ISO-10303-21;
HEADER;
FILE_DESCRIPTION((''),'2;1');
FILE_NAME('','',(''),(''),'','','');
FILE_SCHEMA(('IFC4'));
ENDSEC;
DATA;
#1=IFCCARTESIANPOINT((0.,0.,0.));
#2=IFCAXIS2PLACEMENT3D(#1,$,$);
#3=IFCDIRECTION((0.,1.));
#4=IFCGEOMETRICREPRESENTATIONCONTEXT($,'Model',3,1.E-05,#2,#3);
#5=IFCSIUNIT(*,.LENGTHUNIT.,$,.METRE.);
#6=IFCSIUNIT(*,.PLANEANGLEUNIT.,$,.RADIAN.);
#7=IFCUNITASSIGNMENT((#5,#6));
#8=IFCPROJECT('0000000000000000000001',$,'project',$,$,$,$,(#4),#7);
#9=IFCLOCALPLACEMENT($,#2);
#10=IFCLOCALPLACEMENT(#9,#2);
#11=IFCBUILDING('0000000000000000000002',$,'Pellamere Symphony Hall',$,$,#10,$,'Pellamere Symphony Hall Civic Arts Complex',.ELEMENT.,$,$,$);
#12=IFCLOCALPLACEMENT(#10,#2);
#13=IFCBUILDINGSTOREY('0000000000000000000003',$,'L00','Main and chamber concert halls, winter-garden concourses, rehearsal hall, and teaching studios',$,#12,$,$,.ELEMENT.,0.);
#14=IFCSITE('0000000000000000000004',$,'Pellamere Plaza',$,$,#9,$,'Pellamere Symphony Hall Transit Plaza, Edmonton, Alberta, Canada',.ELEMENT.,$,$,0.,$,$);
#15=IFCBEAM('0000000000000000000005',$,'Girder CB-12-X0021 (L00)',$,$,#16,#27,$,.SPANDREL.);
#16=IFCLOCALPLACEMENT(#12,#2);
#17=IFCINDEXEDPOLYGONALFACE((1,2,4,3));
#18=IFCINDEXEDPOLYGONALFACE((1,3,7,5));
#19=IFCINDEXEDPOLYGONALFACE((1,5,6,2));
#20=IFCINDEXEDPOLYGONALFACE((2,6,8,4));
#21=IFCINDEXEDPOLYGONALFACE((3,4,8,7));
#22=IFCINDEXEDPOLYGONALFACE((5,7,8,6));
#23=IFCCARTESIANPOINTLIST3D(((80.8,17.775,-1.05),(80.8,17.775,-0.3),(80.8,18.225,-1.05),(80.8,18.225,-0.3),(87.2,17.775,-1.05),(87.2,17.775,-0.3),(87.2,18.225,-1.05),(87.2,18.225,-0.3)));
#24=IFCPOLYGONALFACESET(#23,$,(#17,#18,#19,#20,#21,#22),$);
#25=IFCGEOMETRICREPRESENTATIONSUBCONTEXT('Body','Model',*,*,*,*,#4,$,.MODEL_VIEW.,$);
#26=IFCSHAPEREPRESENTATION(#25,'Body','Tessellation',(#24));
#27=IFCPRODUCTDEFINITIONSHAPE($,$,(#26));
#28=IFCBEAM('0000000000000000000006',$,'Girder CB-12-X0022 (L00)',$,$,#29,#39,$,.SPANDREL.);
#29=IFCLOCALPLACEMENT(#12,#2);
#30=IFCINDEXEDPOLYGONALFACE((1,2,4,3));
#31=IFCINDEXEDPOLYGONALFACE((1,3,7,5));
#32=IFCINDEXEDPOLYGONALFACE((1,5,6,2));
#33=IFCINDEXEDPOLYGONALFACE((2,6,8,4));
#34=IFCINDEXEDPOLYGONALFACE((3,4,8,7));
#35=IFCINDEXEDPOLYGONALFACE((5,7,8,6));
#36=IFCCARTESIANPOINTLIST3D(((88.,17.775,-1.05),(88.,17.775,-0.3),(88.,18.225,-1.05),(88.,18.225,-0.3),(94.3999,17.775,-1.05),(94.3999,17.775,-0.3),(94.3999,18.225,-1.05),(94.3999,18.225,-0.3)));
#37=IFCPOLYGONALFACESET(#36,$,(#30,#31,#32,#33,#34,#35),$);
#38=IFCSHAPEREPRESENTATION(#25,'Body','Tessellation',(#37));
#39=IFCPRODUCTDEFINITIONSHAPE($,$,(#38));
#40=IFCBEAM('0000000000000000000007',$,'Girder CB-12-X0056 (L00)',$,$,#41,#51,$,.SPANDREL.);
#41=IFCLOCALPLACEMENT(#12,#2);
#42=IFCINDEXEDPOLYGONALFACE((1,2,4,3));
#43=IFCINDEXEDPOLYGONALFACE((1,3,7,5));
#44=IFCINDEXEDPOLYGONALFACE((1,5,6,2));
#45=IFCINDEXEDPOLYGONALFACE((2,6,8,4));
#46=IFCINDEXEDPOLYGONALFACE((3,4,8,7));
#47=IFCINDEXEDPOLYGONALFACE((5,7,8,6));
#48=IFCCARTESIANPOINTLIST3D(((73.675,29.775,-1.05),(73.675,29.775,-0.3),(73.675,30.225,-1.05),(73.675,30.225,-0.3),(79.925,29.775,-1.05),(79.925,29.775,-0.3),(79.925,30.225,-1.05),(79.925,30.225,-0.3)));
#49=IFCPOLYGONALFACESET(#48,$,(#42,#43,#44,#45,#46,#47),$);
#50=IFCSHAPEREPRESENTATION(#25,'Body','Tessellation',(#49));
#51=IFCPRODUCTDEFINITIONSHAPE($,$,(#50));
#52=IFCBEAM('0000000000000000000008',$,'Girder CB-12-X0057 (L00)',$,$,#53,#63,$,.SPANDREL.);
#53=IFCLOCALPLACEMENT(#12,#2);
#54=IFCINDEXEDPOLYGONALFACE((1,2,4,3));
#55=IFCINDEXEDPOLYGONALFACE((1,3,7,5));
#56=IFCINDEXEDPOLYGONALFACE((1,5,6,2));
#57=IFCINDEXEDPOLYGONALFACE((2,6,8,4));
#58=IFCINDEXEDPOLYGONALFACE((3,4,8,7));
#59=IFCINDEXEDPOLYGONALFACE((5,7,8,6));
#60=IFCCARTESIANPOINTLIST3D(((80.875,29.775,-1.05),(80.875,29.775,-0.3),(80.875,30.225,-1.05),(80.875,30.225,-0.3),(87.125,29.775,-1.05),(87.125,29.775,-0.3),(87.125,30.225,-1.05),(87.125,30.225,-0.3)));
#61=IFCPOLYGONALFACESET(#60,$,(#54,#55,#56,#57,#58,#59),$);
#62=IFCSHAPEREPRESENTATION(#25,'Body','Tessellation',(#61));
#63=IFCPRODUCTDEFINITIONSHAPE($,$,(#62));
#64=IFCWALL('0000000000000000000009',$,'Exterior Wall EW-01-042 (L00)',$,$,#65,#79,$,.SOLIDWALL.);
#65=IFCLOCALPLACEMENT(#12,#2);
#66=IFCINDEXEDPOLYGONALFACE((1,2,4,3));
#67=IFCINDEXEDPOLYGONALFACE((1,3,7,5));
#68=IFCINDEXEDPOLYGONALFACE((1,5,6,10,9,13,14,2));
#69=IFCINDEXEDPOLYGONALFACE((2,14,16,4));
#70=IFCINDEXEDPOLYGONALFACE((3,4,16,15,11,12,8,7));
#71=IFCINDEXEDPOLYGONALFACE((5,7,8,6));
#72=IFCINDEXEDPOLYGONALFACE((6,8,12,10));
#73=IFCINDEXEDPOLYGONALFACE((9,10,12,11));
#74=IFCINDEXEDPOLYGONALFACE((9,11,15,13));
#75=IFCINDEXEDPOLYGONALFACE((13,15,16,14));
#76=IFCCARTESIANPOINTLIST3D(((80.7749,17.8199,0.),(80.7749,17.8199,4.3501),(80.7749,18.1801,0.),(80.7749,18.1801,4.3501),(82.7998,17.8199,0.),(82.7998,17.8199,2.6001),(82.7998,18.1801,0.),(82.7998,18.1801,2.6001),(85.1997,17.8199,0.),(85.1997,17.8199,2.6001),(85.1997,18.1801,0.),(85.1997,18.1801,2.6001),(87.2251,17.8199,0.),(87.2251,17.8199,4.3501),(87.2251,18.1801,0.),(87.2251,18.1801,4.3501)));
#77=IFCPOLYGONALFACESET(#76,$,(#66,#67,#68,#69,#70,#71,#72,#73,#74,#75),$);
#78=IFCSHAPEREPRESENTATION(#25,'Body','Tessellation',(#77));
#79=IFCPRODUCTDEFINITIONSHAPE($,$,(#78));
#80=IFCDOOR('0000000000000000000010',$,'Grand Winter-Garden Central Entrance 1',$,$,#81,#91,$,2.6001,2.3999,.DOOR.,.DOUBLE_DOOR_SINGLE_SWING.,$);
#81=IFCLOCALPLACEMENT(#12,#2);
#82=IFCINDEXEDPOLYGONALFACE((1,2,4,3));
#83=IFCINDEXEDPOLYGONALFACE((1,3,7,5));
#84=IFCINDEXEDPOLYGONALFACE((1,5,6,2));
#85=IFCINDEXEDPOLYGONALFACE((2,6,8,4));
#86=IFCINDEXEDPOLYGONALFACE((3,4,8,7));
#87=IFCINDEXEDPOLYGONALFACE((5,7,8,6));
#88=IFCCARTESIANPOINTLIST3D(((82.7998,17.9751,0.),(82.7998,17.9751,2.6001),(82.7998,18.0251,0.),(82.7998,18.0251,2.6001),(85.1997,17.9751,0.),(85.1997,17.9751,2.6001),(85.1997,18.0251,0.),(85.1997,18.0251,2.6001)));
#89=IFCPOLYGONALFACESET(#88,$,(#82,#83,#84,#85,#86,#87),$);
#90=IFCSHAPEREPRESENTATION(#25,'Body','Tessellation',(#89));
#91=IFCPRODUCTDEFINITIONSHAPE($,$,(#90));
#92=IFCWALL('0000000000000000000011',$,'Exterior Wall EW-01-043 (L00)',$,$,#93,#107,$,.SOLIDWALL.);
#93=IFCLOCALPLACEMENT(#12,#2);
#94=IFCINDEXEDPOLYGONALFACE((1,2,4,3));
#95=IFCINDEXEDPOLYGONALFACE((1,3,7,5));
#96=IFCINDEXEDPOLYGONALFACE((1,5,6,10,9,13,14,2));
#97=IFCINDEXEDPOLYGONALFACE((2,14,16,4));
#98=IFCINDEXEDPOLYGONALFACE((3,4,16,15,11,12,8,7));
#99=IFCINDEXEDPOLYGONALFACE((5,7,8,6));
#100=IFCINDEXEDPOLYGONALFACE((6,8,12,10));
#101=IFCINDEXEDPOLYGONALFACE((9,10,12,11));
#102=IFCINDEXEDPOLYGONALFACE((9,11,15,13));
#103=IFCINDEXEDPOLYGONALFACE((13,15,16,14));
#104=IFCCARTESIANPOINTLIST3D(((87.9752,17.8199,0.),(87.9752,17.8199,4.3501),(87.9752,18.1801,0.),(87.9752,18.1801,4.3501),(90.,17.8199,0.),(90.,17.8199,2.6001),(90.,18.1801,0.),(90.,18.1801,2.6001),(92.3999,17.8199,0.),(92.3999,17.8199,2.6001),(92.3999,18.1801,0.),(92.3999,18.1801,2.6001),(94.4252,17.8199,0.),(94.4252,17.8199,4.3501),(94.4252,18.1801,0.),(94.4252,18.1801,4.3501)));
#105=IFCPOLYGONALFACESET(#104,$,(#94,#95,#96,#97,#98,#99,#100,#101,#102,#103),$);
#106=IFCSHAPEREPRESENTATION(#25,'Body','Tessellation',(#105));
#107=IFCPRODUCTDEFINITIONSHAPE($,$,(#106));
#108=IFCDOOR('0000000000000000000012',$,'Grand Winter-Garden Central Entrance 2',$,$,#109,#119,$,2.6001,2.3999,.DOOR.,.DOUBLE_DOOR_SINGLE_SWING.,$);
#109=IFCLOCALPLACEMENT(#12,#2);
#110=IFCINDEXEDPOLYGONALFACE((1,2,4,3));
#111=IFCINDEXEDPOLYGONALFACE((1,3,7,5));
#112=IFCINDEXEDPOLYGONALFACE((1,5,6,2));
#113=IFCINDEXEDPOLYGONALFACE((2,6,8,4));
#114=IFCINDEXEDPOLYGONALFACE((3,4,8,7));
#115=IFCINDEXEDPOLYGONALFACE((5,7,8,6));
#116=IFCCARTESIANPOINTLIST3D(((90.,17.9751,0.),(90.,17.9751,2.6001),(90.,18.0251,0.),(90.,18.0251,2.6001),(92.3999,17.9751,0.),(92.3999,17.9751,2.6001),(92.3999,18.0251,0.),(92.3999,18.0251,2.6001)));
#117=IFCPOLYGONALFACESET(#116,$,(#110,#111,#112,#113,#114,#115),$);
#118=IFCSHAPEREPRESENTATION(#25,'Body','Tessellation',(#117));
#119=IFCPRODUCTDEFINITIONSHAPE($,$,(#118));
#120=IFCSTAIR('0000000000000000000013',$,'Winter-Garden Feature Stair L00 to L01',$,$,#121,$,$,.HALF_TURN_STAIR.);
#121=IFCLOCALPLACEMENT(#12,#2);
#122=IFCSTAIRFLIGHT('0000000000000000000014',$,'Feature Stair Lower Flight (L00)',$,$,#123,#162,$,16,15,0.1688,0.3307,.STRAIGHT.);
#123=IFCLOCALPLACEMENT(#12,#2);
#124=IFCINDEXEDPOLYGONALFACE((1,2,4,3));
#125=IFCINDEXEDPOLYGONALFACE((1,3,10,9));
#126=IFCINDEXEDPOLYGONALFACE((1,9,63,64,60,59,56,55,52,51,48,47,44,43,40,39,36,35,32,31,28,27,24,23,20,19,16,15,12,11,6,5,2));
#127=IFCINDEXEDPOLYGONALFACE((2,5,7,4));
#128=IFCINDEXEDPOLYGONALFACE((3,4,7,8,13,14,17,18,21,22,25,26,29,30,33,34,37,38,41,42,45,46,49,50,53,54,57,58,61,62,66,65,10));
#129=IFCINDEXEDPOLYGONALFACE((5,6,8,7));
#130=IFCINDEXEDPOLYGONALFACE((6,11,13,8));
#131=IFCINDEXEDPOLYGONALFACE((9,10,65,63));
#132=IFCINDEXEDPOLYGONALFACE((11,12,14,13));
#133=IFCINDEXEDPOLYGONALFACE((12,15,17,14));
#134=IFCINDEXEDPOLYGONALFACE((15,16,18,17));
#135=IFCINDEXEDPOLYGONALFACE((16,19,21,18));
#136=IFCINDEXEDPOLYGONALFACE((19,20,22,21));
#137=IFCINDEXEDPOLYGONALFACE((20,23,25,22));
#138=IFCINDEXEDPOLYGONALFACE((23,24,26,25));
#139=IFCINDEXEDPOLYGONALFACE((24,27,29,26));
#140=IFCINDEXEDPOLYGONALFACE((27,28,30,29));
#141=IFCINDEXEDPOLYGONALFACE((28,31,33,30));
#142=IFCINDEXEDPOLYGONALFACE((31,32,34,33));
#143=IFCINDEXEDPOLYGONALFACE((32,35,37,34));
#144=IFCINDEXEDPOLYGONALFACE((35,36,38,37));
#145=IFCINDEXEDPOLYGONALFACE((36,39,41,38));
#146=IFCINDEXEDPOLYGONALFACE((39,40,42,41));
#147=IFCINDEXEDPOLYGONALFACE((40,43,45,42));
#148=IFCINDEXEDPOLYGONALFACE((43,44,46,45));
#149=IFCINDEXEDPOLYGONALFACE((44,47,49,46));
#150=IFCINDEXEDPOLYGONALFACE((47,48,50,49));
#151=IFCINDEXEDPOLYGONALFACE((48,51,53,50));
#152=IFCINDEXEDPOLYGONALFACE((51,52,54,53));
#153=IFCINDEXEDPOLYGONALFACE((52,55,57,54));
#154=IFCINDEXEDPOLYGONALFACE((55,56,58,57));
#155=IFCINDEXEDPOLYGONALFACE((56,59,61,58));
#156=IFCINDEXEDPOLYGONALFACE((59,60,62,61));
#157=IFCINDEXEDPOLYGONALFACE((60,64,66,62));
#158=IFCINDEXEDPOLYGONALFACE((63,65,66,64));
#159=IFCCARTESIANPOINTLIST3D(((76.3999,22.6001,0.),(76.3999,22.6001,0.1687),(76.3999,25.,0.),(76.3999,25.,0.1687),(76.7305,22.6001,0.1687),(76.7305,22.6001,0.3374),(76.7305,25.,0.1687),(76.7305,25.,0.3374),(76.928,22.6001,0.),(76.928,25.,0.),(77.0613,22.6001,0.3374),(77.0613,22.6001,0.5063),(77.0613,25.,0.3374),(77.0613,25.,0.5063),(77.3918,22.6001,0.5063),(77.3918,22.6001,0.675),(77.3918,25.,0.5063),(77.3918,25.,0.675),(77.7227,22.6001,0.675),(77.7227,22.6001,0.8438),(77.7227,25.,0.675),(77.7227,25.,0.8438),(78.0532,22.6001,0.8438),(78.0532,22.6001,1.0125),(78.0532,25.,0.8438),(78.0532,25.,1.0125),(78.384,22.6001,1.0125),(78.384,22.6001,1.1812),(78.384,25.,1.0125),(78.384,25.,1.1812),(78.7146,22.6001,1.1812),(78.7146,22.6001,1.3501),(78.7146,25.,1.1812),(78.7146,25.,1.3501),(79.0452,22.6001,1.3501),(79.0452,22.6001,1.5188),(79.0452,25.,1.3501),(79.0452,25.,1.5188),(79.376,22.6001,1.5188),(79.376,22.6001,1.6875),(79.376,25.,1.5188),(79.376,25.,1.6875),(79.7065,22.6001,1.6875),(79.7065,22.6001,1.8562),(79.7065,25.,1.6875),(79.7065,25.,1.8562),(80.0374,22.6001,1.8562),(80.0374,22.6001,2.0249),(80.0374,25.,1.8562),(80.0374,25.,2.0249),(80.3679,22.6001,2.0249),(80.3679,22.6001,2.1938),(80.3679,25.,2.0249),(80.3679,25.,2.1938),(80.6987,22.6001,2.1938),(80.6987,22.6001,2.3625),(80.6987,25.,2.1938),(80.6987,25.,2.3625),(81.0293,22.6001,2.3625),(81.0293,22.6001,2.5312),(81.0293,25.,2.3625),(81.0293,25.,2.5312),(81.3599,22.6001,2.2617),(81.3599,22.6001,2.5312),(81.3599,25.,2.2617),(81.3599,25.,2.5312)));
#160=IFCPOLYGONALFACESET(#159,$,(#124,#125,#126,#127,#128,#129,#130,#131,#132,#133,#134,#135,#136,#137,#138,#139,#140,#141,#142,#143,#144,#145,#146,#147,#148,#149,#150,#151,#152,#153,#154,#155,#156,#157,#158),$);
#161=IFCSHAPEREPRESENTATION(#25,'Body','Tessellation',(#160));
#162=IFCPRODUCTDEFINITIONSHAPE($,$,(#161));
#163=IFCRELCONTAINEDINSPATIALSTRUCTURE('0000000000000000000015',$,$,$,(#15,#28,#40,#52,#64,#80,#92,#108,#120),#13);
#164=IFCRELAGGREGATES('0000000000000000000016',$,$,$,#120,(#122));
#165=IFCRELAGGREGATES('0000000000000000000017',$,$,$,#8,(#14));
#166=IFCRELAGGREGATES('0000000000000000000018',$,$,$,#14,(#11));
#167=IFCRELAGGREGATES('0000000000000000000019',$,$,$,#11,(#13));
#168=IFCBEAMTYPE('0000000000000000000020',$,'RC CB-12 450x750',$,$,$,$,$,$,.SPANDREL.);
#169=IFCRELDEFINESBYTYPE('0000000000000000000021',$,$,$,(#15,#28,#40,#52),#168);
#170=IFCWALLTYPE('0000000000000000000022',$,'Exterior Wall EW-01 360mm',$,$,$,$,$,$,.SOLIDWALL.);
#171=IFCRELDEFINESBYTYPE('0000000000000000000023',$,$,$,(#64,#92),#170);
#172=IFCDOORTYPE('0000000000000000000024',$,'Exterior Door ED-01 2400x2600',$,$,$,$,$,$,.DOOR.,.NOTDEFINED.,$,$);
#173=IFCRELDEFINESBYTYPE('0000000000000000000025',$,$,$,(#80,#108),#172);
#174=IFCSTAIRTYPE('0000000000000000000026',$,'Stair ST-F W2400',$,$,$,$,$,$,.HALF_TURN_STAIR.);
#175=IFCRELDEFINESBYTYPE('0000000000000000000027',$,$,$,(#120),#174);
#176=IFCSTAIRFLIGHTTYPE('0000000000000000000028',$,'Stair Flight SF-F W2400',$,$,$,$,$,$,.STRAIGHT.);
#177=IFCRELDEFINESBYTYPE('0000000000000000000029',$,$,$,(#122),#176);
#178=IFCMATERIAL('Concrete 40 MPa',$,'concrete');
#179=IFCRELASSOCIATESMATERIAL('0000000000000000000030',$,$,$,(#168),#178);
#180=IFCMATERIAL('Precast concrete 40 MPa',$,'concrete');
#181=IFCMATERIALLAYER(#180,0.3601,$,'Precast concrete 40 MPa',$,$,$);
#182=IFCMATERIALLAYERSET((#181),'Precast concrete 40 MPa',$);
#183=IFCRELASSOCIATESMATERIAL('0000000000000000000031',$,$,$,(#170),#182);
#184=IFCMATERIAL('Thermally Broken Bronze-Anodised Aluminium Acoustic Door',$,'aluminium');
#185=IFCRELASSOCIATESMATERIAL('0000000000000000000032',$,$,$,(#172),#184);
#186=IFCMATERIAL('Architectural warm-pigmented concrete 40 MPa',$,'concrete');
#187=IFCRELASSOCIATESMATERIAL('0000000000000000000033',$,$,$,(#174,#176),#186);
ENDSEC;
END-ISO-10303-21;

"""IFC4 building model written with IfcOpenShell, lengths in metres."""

from ifc_helpers import new_model, si_unit, direction, frame, frame_2d, origin, origin_2d, place, context, subcontext, project, spatial, polyline, rectangle, outline, extrude, material, layer, layer_set, material_profile, profile_set, type_object, element, fill, aggregate, save


model = new_model("IFC4")

# Units and contexts
model_context = context("Model", 3, precision=1e-05, world=origin(), true_north=direction((0.0, 1.0)))
body_context = subcontext(model_context, "Body", "Model", "MODEL_VIEW")
ifc_project = project(units=[si_unit("LENGTHUNIT", "METRE"), si_unit("PLANEANGLEUNIT", "RADIAN")], contexts=[model_context])

# Site, building, storey
site_placement = place(None, origin())
site = spatial("IfcSite", under=ifc_project, at=site_placement, Name="Pellamere Plaza", LongName="Pellamere Symphony Hall Transit Plaza, Edmonton, Alberta, Canada", CompositionType="ELEMENT", RefElevation=0.0)
building_placement = place(site_placement, origin())
building = spatial("IfcBuilding", under=site, at=building_placement, Name="Pellamere Symphony Hall", LongName="Pellamere Symphony Hall Civic Arts Complex", CompositionType="ELEMENT")
storey_placement = place(building_placement, origin())
storey = spatial("IfcBuildingStorey", under=building, at=storey_placement, Name="L00", Description="Main and chamber concert halls, winter-garden concourses, rehearsal hall, and teaching studios", CompositionType="ELEMENT", Elevation=0.0)

# Shared definitions
ifc_material_1 = material(Name="Concrete 40 MPa", Category="concrete")

# Beams
ifc_material_profile_1 = material_profile(ifc_material_1, rectangle(XDim=0.45, YDim=0.75, at=origin_2d()), Name="RC 450x750")
ifc_profile_set_1 = profile_set([ifc_material_profile_1], Name="Concrete 40 MPa")
beam_type_1 = type_object("IfcBeamType", Name="RC CB-12 450x750", PredefinedType="SPANDREL", material=ifc_profile_set_1)
for number, where, z_axis, x_axis, name in (
    (1, (80.8, 18.0, -0.675), (1.0, 0.0, 0.0), (0.0, 1.0, 0.0), "Girder CB-12-X0021 (L00)"),
    (2, (88.0, 18.0, -0.675), (1.0, 0.0, 0.0), (0.0, 1.0, 0.0), "Girder CB-12-X0022 (L00)"),
):
    element("IfcBeam", number, at=place(storey_placement, frame(where, z_axis=z_axis, x_axis=x_axis)), inside=storey, type_object=beam_type_1, Name=name, PredefinedType="SPANDREL", context=body_context, shape_type="SweptSolid", body=[
        extrude(rectangle(XDim=0.45, YDim=0.75, at=origin_2d()), origin(), (0.0, 0.0, 1.0), 6.3999),
    ])
for number, where, z_axis, x_axis, name in (
    (3, (73.675, 30.0, -0.675), (1.0, 0.0, 0.0), (0.0, 1.0, 0.0), "Girder CB-12-X0056 (L00)"),
    (4, (80.875, 30.0, -0.675), (1.0, 0.0, 0.0), (0.0, 1.0, 0.0), "Girder CB-12-X0057 (L00)"),
):
    element("IfcBeam", number, at=place(storey_placement, frame(where, z_axis=z_axis, x_axis=x_axis)), inside=storey, type_object=beam_type_1, Name=name, PredefinedType="SPANDREL", context=body_context, shape_type="SweptSolid", body=[
        extrude(rectangle(XDim=0.45, YDim=0.75, at=origin_2d()), origin(), (0.0, 0.0, 1.0), 6.25),
    ])

# Walls, openings, doors
ifc_material_2 = material(Name="Precast concrete 40 MPa", Category="concrete")
ifc_layer = layer(ifc_material_2, 0.3601, Name="Precast concrete 40 MPa")
ifc_layer_set = layer_set([ifc_layer], Name="Precast concrete 40 MPa")
wall_type = type_object("IfcWallType", Name="Exterior Wall EW-01 360mm", PredefinedType="SOLIDWALL", material=ifc_layer_set)
wall_1_placement = place(storey_placement, frame((80.7749, 18.0, 0.0), z_axis=(0.0, 0.0, 1.0), x_axis=(1.0, 0.0, 0.0)))
wall_1 = element("IfcWall", 5, at=wall_1_placement, inside=storey, type_object=wall_type, Name="Exterior Wall EW-01-042 (L00)", PredefinedType="SOLIDWALL", context=body_context, shape_type="SweptSolid", body=[
    extrude(rectangle(XDim=6.4502, YDim=0.3601, at=frame_2d((3.2251, 0.0))), origin(), (0.0, 0.0, 1.0), 4.3501),
])
opening_1_placement = place(wall_1_placement, frame((2.0249, 0.0, 0.0)))
opening_1 = element("IfcOpeningElement", 6, at=opening_1_placement, cuts=wall_1, PredefinedType="OPENING", context=body_context, shape_type="SweptSolid", body=[
    extrude(rectangle(XDim=2.3999, YDim=2.6001, at=frame_2d((1.2, 1.3))), frame((0.0, 0.1899, 0.0), z_axis=(0.0, -1.0, 0.0), x_axis=(1.0, 0.0, 0.0)), (0.0, 0.0, 1.0), 0.3801),
])
ifc_material_3 = material(Name="Thermally Broken Bronze-Anodised Aluminium Acoustic Door", Category="aluminium")
door_type = type_object("IfcDoorType", Name="Exterior Door ED-01 2400x2600", OperationType="NOTDEFINED", PredefinedType="DOOR", material=ifc_material_3)
door_1_placement = place(opening_1_placement, frame((2.3999, 0.0, 0.0), z_axis=(0.0, 0.0, 1.0), x_axis=(-1.0, 0.0, 0.0)))
door_1 = element("IfcDoor", 7, at=door_1_placement, inside=storey, type_object=door_type, Name="Grand Winter-Garden Central Entrance 1", OperationType="DOUBLE_DOOR_SINGLE_SWING", OverallHeight=2.6001, OverallWidth=2.3999, PredefinedType="DOOR", context=body_context, shape_type="SweptSolid", body=[
    extrude(rectangle(XDim=2.3999, YDim=2.6001, at=frame_2d((1.2, 1.3))), frame((0.0, 0.0249, 0.0), z_axis=(0.0, -1.0, 0.0), x_axis=(1.0, 0.0, 0.0)), (0.0, 0.0, 1.0), 0.05),
])
fill(opening_1, door_1)
wall_2_placement = place(storey_placement, frame((87.9751, 18.0, 0.0), z_axis=(0.0, 0.0, 1.0), x_axis=(1.0, 0.0, 0.0)))
wall_2 = element("IfcWall", 8, at=wall_2_placement, inside=storey, type_object=wall_type, Name="Exterior Wall EW-01-043 (L00)", PredefinedType="SOLIDWALL", context=body_context, shape_type="SweptSolid", body=[
    extrude(rectangle(XDim=6.45, YDim=0.3601, at=frame_2d((3.2251, 0.0))), origin(), (0.0, 0.0, 1.0), 4.3501),
])
opening_2_placement = place(wall_2_placement, frame((2.0249, 0.0, 0.0)))
opening_2 = element("IfcOpeningElement", 9, at=opening_2_placement, cuts=wall_2, PredefinedType="OPENING", context=body_context, shape_type="SweptSolid", body=[
    extrude(rectangle(XDim=2.3999, YDim=2.6001, at=frame_2d((1.2, 1.3))), frame((0.0, 0.1899, 0.0), z_axis=(0.0, -1.0, 0.0), x_axis=(1.0, 0.0, 0.0)), (0.0, 0.0, 1.0), 0.3801),
])
door_2_placement = place(opening_2_placement, frame((2.3999, 0.0, 0.0), z_axis=(0.0, 0.0, 1.0), x_axis=(-1.0, 0.0, 0.0)))
door_2 = element("IfcDoor", 10, at=door_2_placement, inside=storey, type_object=door_type, Name="Grand Winter-Garden Central Entrance 2", OperationType="DOUBLE_DOOR_SINGLE_SWING", OverallHeight=2.6001, OverallWidth=2.3999, PredefinedType="DOOR", context=body_context, shape_type="SweptSolid", body=[
    extrude(rectangle(XDim=2.3999, YDim=2.6001, at=frame_2d((1.2, 1.3))), frame((0.0, 0.0249, 0.0), z_axis=(0.0, -1.0, 0.0), x_axis=(1.0, 0.0, 0.0)), (0.0, 0.0, 1.0), 0.05),
])
fill(opening_2, door_2)

# Stair, stair flight
ifc_material_4 = material(Name="Architectural warm-pigmented concrete 40 MPa", Category="concrete")
stair_type = type_object("IfcStairType", Name="Stair ST-F W2400", PredefinedType="HALF_TURN_STAIR", material=ifc_material_4)
stair_placement = place(storey_placement, origin())
stair = element("IfcStair", 11, at=stair_placement, inside=storey, type_object=stair_type, Name="Winter-Garden Feature Stair L00 to L01", PredefinedType="HALF_TURN_STAIR")
stair_flight_type = type_object("IfcStairFlightType", Name="Stair Flight SF-F W2400", PredefinedType="STRAIGHT", material=ifc_material_4)
stair_flight_1_placement = place(storey_placement, frame((76.3999, 23.8, 0.0), z_axis=(0.0, 0.0, 1.0), x_axis=(1.0, 0.0, 0.0)))
stair_flight_1 = element("IfcStairFlight", 12, at=stair_flight_1_placement, type_object=stair_flight_type, Name="Feature Stair Lower Flight (L00)", NumberOfRisers=16, NumberOfTreads=15, PredefinedType="STRAIGHT", RiserHeight=0.1688, TreadLength=0.3307, context=body_context, shape_type="SweptSolid", body=[
    extrude(outline(polyline([(0.0, 0.0), (0.0, 0.1687), (0.3306, 0.1687), (0.3306, 0.3374), (0.6614, 0.3374), (0.6614, 0.5063), (0.9919, 0.5063), (0.9919, 0.675), (1.3228, 0.675), (1.3228, 0.8438), (1.6533, 0.8438), (1.6533, 1.0125), (1.9841, 1.0125), (1.9841, 1.1812), (2.3147, 1.1812), (2.3147, 1.3501), (2.6453, 1.3501), (2.6453, 1.5188), (2.9761, 1.5188), (2.9761, 1.6875), (3.3066, 1.6875), (3.3066, 1.8562), (3.6375, 1.8562), (3.6375, 2.0249), (3.968, 2.0249), (3.968, 2.1938), (4.2988, 2.1938), (4.2988, 2.3625), (4.6294, 2.3625), (4.6294, 2.5312), (4.96, 2.5312), (4.96, 2.7), (4.96, 2.2617), (0.5281, 0.0), (0.0, 0.0)])), frame((0.0, 1.2, 0.0), z_axis=(0.0, -1.0, 0.0), x_axis=(1.0, 0.0, 0.0)), (0.0, 0.0, 1.0), 2.3999),
])
aggregate(stair, [stair_flight_1])

save(model, "model.ifc")
